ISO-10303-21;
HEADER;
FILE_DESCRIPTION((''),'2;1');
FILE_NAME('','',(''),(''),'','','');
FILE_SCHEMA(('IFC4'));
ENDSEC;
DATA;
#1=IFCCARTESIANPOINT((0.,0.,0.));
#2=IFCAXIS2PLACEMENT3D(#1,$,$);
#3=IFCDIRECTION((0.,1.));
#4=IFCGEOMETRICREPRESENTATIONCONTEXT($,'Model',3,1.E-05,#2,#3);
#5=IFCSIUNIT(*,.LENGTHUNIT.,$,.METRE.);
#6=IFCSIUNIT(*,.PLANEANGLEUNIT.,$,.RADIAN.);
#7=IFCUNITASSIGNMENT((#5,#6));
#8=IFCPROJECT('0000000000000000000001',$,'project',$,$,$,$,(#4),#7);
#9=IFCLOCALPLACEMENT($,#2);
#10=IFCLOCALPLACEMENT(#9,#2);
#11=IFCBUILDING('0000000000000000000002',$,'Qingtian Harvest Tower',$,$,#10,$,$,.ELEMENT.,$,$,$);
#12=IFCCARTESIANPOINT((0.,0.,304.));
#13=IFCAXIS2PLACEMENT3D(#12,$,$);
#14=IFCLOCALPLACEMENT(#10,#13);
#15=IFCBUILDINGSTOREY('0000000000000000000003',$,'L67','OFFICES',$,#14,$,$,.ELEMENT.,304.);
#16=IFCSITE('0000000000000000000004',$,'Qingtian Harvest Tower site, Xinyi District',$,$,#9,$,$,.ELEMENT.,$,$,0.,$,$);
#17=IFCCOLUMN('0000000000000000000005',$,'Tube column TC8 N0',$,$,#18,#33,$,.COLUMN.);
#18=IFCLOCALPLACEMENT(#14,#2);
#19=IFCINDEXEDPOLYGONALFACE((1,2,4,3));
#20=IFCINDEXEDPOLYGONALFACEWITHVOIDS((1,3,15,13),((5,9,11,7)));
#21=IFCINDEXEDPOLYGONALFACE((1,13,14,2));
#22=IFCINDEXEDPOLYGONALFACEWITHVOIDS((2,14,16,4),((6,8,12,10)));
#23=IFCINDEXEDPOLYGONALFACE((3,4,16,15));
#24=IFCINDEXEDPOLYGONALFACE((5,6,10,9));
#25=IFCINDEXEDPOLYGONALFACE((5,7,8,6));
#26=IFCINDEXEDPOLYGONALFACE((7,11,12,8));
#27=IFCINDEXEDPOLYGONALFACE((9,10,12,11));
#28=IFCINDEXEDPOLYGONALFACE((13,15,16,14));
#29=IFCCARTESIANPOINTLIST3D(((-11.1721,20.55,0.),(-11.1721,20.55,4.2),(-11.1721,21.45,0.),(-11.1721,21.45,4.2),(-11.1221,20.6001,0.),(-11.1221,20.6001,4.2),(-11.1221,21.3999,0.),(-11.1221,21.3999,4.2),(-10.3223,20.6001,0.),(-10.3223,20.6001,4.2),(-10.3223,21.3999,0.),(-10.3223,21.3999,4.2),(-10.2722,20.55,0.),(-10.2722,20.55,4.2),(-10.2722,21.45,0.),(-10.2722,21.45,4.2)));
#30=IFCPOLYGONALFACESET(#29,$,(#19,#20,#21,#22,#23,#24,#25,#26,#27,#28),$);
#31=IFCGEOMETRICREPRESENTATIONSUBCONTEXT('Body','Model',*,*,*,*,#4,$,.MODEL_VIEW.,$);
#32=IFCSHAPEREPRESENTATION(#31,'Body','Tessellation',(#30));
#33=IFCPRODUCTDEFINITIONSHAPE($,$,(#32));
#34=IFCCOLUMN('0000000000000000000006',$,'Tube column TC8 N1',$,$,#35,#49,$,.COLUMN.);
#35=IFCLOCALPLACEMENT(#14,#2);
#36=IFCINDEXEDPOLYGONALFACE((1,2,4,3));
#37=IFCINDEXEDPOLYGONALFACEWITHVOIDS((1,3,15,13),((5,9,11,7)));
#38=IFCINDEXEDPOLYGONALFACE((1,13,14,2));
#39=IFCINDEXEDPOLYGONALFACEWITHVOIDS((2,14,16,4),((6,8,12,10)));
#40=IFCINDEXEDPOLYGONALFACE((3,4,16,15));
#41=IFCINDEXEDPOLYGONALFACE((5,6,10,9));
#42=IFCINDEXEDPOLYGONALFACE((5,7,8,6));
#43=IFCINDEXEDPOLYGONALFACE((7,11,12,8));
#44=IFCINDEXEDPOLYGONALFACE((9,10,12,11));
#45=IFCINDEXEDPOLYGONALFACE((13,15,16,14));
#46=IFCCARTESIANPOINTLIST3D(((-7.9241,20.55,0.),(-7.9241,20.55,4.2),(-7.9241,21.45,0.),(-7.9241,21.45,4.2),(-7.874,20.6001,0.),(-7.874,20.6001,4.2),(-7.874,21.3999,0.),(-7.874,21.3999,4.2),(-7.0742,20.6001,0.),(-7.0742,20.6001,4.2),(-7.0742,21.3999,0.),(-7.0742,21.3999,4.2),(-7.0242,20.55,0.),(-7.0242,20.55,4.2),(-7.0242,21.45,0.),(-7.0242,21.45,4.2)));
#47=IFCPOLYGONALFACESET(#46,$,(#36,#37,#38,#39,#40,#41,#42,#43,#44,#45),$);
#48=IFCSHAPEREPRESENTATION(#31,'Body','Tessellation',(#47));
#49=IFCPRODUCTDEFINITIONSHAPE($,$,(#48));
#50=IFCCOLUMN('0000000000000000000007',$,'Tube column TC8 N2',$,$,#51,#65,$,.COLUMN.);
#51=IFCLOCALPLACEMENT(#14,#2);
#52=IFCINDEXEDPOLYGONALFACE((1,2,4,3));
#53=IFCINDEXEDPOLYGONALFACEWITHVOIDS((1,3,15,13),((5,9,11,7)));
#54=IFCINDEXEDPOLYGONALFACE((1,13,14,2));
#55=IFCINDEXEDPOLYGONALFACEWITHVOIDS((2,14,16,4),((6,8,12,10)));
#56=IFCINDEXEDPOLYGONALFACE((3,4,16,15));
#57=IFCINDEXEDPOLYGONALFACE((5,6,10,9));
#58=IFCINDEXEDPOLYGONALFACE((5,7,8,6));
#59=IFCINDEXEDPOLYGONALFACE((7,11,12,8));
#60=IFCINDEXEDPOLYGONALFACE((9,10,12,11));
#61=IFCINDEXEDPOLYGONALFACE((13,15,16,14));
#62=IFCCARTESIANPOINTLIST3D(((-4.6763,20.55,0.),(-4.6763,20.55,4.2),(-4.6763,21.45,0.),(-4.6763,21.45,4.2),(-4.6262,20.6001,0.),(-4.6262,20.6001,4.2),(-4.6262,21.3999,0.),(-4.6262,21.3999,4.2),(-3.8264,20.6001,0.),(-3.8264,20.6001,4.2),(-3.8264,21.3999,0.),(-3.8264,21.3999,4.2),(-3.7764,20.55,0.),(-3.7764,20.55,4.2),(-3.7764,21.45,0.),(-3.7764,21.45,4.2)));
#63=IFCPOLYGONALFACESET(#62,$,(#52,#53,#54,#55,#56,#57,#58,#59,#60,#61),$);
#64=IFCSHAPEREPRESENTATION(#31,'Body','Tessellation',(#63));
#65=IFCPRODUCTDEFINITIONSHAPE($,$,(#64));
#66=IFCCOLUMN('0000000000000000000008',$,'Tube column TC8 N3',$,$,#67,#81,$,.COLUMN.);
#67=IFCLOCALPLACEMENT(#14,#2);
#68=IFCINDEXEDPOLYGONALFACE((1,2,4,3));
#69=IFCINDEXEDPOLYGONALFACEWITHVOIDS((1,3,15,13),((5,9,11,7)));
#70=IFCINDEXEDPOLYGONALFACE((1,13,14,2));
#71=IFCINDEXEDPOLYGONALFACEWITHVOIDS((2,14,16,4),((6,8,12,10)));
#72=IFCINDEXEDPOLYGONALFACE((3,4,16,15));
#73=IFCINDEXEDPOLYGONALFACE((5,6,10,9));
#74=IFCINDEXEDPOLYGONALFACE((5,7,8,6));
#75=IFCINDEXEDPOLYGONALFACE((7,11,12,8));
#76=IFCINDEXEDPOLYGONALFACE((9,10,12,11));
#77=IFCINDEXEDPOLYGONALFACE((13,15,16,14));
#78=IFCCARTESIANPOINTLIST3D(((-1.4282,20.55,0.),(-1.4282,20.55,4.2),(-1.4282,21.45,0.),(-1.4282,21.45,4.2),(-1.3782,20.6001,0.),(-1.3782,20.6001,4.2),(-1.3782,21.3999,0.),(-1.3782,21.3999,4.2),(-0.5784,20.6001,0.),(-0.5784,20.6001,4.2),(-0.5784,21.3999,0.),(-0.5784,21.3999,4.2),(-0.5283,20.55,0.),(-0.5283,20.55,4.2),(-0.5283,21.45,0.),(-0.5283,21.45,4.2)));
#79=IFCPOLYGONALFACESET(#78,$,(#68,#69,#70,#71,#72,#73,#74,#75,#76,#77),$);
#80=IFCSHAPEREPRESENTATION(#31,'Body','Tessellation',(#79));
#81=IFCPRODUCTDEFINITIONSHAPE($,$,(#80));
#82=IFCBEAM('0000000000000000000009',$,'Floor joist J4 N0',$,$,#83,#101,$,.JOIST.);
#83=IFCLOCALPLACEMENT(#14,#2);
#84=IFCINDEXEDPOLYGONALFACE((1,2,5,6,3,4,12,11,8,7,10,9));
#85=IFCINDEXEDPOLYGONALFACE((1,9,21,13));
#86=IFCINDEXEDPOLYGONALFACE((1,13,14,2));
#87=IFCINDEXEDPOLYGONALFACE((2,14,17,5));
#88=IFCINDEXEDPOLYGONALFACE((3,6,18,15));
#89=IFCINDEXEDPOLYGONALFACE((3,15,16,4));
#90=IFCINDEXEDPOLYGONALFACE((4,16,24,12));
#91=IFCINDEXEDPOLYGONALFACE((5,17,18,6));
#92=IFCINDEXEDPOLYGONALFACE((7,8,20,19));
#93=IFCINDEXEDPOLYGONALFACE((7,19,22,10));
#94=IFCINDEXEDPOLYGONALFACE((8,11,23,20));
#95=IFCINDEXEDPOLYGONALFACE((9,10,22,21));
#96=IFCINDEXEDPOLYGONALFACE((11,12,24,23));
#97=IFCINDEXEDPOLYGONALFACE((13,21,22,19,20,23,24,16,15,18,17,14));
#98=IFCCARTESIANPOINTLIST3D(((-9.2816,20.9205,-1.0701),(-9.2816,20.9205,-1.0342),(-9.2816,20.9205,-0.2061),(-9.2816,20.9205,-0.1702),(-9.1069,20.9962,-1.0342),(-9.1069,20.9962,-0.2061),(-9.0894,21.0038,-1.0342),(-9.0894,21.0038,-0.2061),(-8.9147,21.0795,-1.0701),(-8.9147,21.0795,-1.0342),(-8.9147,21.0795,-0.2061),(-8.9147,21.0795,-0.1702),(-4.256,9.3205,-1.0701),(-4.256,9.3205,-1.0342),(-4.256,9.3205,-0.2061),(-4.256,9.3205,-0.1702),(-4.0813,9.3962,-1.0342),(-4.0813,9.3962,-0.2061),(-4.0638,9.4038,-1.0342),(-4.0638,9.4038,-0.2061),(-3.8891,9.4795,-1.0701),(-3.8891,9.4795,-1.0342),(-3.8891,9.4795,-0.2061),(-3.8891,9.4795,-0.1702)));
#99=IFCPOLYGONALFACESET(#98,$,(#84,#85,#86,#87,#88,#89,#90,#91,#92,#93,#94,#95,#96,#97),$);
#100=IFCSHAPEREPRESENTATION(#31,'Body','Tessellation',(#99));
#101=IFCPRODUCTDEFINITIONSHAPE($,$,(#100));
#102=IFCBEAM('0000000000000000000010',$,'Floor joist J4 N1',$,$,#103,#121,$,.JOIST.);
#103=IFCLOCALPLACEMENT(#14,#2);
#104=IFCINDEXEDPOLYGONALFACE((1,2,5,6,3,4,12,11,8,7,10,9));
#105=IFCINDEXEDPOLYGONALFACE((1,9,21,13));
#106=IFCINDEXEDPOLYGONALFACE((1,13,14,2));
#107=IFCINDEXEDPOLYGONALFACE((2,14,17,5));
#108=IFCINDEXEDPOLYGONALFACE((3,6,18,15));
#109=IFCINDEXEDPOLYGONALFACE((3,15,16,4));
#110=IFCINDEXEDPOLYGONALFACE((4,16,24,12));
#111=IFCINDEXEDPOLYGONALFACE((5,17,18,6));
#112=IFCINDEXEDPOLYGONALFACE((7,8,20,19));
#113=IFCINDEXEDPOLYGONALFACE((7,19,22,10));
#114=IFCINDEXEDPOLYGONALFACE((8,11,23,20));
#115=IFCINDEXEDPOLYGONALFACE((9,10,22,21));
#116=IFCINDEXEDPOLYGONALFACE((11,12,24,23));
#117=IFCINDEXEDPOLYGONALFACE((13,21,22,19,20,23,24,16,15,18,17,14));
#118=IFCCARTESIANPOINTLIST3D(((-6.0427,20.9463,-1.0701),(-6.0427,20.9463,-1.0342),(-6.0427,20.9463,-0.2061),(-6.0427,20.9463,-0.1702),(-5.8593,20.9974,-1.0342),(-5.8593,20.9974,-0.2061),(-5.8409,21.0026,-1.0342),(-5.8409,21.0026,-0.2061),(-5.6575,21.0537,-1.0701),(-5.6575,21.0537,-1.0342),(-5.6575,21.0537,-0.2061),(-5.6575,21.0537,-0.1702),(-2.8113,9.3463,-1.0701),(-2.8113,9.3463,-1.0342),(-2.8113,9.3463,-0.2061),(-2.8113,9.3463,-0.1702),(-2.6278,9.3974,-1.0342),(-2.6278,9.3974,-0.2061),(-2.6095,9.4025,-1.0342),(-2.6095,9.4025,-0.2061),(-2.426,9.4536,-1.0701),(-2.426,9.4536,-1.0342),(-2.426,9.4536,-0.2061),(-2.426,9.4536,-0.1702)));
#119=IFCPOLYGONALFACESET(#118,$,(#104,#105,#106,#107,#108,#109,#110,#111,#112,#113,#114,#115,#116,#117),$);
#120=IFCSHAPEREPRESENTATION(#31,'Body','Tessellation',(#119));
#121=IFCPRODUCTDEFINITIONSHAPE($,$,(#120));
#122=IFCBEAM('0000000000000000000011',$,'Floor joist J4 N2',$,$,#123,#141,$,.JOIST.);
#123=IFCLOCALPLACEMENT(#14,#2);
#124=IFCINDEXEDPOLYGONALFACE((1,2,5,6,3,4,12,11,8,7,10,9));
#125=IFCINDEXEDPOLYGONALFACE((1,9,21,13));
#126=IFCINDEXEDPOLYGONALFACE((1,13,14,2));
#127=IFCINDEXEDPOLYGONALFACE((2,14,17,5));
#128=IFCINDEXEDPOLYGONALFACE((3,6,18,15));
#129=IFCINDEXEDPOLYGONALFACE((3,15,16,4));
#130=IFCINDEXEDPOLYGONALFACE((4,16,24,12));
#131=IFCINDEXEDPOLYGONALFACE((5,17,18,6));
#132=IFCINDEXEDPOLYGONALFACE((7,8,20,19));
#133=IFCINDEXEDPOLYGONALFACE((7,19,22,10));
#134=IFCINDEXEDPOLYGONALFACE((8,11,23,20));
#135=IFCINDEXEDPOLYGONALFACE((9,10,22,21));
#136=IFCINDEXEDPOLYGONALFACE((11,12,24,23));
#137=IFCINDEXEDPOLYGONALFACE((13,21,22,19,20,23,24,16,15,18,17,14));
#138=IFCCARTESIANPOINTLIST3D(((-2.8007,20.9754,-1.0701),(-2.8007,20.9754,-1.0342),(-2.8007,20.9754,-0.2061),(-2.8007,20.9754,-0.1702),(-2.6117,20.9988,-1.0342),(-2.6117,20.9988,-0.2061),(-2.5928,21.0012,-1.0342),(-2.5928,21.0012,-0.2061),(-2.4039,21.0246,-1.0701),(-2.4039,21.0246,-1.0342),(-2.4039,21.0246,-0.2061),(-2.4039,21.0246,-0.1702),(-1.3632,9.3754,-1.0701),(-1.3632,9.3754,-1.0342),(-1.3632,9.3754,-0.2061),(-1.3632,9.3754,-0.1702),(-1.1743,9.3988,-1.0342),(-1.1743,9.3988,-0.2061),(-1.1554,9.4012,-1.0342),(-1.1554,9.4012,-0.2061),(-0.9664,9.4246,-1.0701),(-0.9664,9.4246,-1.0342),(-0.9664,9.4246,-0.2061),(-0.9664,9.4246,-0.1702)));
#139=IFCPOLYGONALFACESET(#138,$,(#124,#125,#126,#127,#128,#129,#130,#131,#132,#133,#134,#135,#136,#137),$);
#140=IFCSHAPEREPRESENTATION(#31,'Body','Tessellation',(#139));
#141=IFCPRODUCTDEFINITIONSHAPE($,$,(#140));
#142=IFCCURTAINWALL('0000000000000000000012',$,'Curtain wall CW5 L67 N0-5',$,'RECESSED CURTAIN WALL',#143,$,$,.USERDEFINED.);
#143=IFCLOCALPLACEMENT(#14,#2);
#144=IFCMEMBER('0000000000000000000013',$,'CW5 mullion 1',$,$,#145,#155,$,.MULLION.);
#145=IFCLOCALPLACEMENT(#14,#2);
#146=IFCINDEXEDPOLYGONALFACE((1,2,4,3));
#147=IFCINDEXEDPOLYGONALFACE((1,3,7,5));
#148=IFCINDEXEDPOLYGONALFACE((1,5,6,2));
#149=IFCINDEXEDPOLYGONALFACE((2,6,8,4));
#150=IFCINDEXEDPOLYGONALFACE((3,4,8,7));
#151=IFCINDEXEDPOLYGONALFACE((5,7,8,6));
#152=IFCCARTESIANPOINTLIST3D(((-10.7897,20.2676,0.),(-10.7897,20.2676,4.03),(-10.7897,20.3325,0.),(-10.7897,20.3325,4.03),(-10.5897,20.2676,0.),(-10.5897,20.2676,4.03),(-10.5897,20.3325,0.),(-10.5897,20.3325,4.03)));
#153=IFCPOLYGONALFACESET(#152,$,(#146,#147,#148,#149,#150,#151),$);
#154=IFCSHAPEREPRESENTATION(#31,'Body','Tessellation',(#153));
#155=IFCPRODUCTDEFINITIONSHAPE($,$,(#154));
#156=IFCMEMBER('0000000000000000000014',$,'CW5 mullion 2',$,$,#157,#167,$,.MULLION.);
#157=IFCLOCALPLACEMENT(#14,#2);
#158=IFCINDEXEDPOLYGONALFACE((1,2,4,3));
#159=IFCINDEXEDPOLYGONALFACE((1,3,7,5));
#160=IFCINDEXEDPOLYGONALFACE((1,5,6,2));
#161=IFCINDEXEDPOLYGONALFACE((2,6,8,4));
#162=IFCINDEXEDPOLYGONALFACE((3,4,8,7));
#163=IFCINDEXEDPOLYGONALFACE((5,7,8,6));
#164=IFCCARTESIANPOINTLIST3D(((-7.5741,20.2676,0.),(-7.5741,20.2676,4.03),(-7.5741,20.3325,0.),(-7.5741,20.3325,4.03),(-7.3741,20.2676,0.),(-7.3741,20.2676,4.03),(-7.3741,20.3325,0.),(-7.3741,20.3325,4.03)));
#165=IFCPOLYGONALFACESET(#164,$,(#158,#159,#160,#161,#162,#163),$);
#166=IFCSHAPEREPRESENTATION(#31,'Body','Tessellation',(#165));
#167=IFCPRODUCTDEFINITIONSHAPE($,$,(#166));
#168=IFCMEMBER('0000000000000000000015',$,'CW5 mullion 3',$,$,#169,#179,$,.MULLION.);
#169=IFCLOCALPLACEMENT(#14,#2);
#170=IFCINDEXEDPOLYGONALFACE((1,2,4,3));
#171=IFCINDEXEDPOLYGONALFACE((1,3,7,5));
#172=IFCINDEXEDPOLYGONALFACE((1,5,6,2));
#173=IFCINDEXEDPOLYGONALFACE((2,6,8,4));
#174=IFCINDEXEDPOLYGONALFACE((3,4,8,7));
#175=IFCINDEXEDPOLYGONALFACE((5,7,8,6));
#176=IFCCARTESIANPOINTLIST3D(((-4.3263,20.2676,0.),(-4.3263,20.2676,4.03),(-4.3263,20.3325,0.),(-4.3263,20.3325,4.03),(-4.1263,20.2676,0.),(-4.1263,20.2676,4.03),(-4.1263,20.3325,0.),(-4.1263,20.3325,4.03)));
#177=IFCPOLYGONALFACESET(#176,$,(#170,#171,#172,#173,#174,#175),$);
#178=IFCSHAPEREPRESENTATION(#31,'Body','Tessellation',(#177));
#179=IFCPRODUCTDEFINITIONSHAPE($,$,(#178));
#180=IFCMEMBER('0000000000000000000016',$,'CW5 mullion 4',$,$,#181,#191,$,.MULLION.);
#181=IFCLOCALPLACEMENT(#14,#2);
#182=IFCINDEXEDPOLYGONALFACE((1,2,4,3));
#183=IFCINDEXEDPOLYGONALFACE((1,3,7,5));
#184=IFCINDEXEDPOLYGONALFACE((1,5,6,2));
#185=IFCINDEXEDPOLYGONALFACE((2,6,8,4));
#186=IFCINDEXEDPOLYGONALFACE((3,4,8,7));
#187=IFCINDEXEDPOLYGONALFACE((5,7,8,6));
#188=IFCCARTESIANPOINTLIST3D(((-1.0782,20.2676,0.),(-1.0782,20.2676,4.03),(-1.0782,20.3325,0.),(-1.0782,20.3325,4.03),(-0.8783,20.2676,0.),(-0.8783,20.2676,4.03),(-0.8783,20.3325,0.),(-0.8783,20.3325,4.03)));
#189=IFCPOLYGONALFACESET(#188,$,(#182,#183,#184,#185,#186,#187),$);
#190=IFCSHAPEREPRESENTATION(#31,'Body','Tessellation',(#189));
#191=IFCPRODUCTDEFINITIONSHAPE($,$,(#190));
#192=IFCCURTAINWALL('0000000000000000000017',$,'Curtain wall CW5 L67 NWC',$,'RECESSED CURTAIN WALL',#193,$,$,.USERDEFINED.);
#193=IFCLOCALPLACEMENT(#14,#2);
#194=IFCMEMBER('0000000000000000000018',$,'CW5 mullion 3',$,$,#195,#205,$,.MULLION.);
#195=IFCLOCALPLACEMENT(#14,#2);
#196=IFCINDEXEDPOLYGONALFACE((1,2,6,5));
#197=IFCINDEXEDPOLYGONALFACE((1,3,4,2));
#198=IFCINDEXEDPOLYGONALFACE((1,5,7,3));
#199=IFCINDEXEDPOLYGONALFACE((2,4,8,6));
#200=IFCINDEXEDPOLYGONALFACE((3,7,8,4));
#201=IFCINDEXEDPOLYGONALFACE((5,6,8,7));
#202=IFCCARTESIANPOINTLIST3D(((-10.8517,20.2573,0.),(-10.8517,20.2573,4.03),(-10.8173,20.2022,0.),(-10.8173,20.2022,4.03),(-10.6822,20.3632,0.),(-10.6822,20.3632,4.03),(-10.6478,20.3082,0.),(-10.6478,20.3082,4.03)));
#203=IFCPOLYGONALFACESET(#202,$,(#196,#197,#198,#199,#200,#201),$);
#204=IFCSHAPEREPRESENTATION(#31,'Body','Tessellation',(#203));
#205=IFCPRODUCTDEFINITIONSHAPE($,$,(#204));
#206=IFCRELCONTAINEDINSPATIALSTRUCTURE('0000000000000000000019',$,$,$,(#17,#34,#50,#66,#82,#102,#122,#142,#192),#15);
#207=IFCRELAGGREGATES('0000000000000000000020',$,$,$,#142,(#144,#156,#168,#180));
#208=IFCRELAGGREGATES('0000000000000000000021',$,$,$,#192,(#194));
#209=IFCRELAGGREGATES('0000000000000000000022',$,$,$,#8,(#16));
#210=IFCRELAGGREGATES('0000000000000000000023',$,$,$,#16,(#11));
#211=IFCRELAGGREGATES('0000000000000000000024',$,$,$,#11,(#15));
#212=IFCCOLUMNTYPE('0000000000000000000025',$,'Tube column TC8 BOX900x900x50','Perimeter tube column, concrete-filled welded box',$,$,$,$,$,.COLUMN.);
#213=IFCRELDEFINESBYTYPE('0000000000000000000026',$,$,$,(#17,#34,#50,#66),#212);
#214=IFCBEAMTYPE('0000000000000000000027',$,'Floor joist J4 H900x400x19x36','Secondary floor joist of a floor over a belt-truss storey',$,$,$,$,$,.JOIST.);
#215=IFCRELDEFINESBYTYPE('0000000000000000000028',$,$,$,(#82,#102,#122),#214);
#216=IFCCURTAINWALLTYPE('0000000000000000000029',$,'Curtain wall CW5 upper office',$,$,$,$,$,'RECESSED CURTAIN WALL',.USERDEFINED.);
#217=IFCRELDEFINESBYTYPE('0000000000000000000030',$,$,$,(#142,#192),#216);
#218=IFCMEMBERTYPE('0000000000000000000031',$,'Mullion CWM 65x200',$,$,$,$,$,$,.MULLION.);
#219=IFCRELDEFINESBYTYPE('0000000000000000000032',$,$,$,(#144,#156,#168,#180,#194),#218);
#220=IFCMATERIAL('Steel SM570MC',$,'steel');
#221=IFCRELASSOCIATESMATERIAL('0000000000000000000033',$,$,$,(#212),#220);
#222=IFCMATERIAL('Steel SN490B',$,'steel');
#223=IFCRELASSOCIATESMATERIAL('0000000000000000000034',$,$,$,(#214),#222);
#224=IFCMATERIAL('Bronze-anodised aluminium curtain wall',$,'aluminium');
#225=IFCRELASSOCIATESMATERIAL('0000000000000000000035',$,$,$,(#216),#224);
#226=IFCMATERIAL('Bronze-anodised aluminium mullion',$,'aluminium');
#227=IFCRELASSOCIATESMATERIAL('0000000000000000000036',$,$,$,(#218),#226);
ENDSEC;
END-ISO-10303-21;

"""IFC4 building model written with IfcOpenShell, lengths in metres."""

from ifc_helpers import new_model, si_unit, direction, frame, origin, origin_2d, place, context, subcontext, project, spatial, rectangle, hollow_rectangle, i_section, extrude, material, material_profile, profile_set, type_object, element, aggregate, save


model = new_model("IFC4")

# Units and contexts
model_context = context("Model", 3, precision=1e-05, world=origin(), true_north=direction((0.0, 1.0)))
body_context = subcontext(model_context, "Body", "Model", "MODEL_VIEW")
ifc_project = project(units=[si_unit("LENGTHUNIT", "METRE"), si_unit("PLANEANGLEUNIT", "RADIAN")], contexts=[model_context])

# Site, building, storey
site_placement = place(None, origin())
site = spatial("IfcSite", under=ifc_project, at=site_placement, Name="Qingtian Harvest Tower site, Xinyi District", CompositionType="ELEMENT", RefElevation=0.0)
building_placement = place(site_placement, origin())
building = spatial("IfcBuilding", under=site, at=building_placement, Name="Qingtian Harvest Tower", CompositionType="ELEMENT")
storey_placement = place(building_placement, frame((0.0, 0.0, 304.0)))
storey = spatial("IfcBuildingStorey", under=building, at=storey_placement, Name="L67", Description="OFFICES", CompositionType="ELEMENT", Elevation=304.0)

# Columns
ifc_material_1 = material(Name="Steel SM570MC", Category="steel")
ifc_material_profile_1 = material_profile(ifc_material_1, hollow_rectangle(XDim=0.8999, YDim=0.8999, WallThickness=0.05, at=origin_2d()), Name="BOX900x900x50")
ifc_profile_set_1 = profile_set([ifc_material_profile_1], Name="Steel SM570MC")
column_type = type_object("IfcColumnType", Name="Tube column TC8 BOX900x900x50", Description="Perimeter tube column, concrete-filled welded box", PredefinedType="COLUMN", material=ifc_profile_set_1)
for number, where, z_axis, x_axis, name in (
    (1, (-10.7222, 21.0, 0.0), (0.0, 0.0, 1.0), (-1.0, 0.0, 0.0), "Tube column TC8 N0"),
    (2, (-7.4741, 21.0, 0.0), (0.0, 0.0, 1.0), (-1.0, 0.0, 0.0), "Tube column TC8 N1"),
    (3, (-4.2263, 21.0, 0.0), (0.0, 0.0, 1.0), (-1.0, 0.0, 0.0), "Tube column TC8 N2"),
    (4, (-0.9783, 21.0, 0.0), (0.0, 0.0, 1.0), (-1.0, 0.0, 0.0), "Tube column TC8 N3"),
):
    element("IfcColumn", number, at=place(storey_placement, frame(where, z_axis=z_axis, x_axis=x_axis)), inside=storey, type_object=column_type, Name=name, PredefinedType="COLUMN", context=body_context, shape_type="SweptSolid", body=[
        extrude(hollow_rectangle(XDim=0.8999, YDim=0.8999, WallThickness=0.05, at=origin_2d()), origin(), (0.0, 0.0, 1.0), 4.2),
    ])

# Beams
ifc_material_2 = material(Name="Steel SN490B", Category="steel")
ifc_material_profile_2 = material_profile(ifc_material_2, i_section(OverallWidth=0.3999, OverallDepth=0.8999, WebThickness=0.019, FlangeThickness=0.0359, at=origin_2d()), Name="H900x400x19x36")
ifc_profile_set_2 = profile_set([ifc_material_profile_2], Name="Steel SN490B")
beam_type_1 = type_object("IfcBeamType", Name="Floor joist J4 H900x400x19x36", Description="Secondary floor joist of a floor over a belt-truss storey", PredefinedType="JOIST", material=ifc_profile_set_2)
beam_1_placement = place(storey_placement, frame((-9.0981, 21.0, -0.6201), z_axis=(0.397536, -0.917587, 0.0), x_axis=(0.917587, 0.397536, 0.0)))
element("IfcBeam", 5, at=beam_1_placement, inside=storey, type_object=beam_type_1, Name="Floor joist J4 N0", PredefinedType="JOIST", context=body_context, shape_type="SweptSolid", body=[
    extrude(i_section(OverallWidth=0.3999, OverallDepth=0.8999, WebThickness=0.019, FlangeThickness=0.0359, at=origin_2d()), origin(), (0.0, 0.0, 1.0), 12.6418),
])
beam_2_placement = place(storey_placement, frame((-5.8501, 21.0, -0.6201), z_axis=(0.268353, -0.963321, 0.0), x_axis=(0.963321, 0.268353, 0.0)))
element("IfcBeam", 6, at=beam_2_placement, inside=storey, type_object=beam_type_1, Name="Floor joist J4 N1", PredefinedType="JOIST", context=body_context, shape_type="SweptSolid", body=[
    extrude(i_section(OverallWidth=0.3999, OverallDepth=0.8999, WebThickness=0.019, FlangeThickness=0.0359, at=origin_2d()), origin(), (0.0, 0.0, 1.0), 12.0417),
])
beam_3_placement = place(storey_placement, frame((-2.6023, 21.0, -0.6201), z_axis=(0.122981, -0.992409, 0.0), x_axis=(0.992409, 0.122981, 0.0)))
element("IfcBeam", 7, at=beam_3_placement, inside=storey, type_object=beam_type_1, Name="Floor joist J4 N2", PredefinedType="JOIST", context=body_context, shape_type="SweptSolid", body=[
    extrude(i_section(OverallWidth=0.3999, OverallDepth=0.8999, WebThickness=0.019, FlangeThickness=0.0359, at=origin_2d()), origin(), (0.0, 0.0, 1.0), 11.6887),
])

# Curtain wall, members
ifc_material_3 = material(Name="Bronze-anodised aluminium curtain wall", Category="aluminium")
curtain_wall_type = type_object("IfcCurtainWallType", Name="Curtain wall CW5 upper office", ElementType="RECESSED CURTAIN WALL", PredefinedType="USERDEFINED", material=ifc_material_3)
curtain_wall_1_placement = place(storey_placement, origin())
curtain_wall_1 = element("IfcCurtainWall", 8, at=curtain_wall_1_placement, inside=storey, type_object=curtain_wall_type, Name="Curtain wall CW5 L67 N0-5", ObjectType="RECESSED CURTAIN WALL", PredefinedType="USERDEFINED")
ifc_material_4 = material(Name="Bronze-anodised aluminium mullion", Category="aluminium")
ifc_material_profile_3 = material_profile(ifc_material_4, rectangle(XDim=0.0649, YDim=0.2, at=origin_2d()), Name="AL 65x200")
ifc_profile_set_3 = profile_set([ifc_material_profile_3], Name="Bronze-anodised aluminium mullion")
member_type_1 = type_object("IfcMemberType", Name="Mullion CWM 65x200", PredefinedType="MULLION", material=ifc_profile_set_3)
member_1_placement = place(storey_placement, frame((-10.6897, 20.3, 0.0), z_axis=(0.0, 0.0, 1.0), x_axis=(0.0, 1.0, 0.0)))
member_1 = element("IfcMember", 9, at=member_1_placement, type_object=member_type_1, Name="CW5 mullion 1", PredefinedType="MULLION", context=body_context, shape_type="SweptSolid", body=[
    extrude(rectangle(XDim=0.0649, YDim=0.2, at=origin_2d()), origin(), (0.0, 0.0, 1.0), 4.03),
])
member_2_placement = place(storey_placement, frame((-7.4741, 20.3, 0.0), z_axis=(0.0, 0.0, 1.0), x_axis=(0.0, 1.0, 0.0)))
member_2 = element("IfcMember", 10, at=member_2_placement, type_object=member_type_1, Name="CW5 mullion 2", PredefinedType="MULLION", context=body_context, shape_type="SweptSolid", body=[
    extrude(rectangle(XDim=0.0649, YDim=0.2, at=origin_2d()), origin(), (0.0, 0.0, 1.0), 4.03),
])
member_3_placement = place(storey_placement, frame((-4.2263, 20.3, 0.0), z_axis=(0.0, 0.0, 1.0), x_axis=(0.0, 1.0, 0.0)))
member_3 = element("IfcMember", 11, at=member_3_placement, type_object=member_type_1, Name="CW5 mullion 3", PredefinedType="MULLION", context=body_context, shape_type="SweptSolid", body=[
    extrude(rectangle(XDim=0.0649, YDim=0.2, at=origin_2d()), origin(), (0.0, 0.0, 1.0), 4.03),
])
member_4_placement = place(storey_placement, frame((-0.9783, 20.3, 0.0), z_axis=(0.0, 0.0, 1.0), x_axis=(0.0, 1.0, 0.0)))
member_4 = element("IfcMember", 12, at=member_4_placement, type_object=member_type_1, Name="CW5 mullion 4", PredefinedType="MULLION", context=body_context, shape_type="SweptSolid", body=[
    extrude(rectangle(XDim=0.0649, YDim=0.2, at=origin_2d()), origin(), (0.0, 0.0, 1.0), 4.03),
])

# Curtain wall, member
curtain_wall_2_placement = place(storey_placement, origin())
curtain_wall_2 = element("IfcCurtainWall", 13, at=curtain_wall_2_placement, inside=storey, type_object=curtain_wall_type, Name="Curtain wall CW5 L67 NWC", ObjectType="RECESSED CURTAIN WALL", PredefinedType="USERDEFINED")
member_5_placement = place(storey_placement, frame((-10.7498, 20.2827, 0.0), z_axis=(0.0, 0.0, 1.0), x_axis=(-0.529919, 0.848048, 0.0)))
member_5 = element("IfcMember", 14, at=member_5_placement, type_object=member_type_1, Name="CW5 mullion 3", PredefinedType="MULLION", context=body_context, shape_type="SweptSolid", body=[
    extrude(rectangle(XDim=0.0649, YDim=0.2, at=origin_2d()), origin(), (0.0, 0.0, 1.0), 4.03),
])

aggregate(curtain_wall_1, [member_1, member_2, member_3, member_4])
aggregate(curtain_wall_2, [member_5])

save(model, "model.ifc")
